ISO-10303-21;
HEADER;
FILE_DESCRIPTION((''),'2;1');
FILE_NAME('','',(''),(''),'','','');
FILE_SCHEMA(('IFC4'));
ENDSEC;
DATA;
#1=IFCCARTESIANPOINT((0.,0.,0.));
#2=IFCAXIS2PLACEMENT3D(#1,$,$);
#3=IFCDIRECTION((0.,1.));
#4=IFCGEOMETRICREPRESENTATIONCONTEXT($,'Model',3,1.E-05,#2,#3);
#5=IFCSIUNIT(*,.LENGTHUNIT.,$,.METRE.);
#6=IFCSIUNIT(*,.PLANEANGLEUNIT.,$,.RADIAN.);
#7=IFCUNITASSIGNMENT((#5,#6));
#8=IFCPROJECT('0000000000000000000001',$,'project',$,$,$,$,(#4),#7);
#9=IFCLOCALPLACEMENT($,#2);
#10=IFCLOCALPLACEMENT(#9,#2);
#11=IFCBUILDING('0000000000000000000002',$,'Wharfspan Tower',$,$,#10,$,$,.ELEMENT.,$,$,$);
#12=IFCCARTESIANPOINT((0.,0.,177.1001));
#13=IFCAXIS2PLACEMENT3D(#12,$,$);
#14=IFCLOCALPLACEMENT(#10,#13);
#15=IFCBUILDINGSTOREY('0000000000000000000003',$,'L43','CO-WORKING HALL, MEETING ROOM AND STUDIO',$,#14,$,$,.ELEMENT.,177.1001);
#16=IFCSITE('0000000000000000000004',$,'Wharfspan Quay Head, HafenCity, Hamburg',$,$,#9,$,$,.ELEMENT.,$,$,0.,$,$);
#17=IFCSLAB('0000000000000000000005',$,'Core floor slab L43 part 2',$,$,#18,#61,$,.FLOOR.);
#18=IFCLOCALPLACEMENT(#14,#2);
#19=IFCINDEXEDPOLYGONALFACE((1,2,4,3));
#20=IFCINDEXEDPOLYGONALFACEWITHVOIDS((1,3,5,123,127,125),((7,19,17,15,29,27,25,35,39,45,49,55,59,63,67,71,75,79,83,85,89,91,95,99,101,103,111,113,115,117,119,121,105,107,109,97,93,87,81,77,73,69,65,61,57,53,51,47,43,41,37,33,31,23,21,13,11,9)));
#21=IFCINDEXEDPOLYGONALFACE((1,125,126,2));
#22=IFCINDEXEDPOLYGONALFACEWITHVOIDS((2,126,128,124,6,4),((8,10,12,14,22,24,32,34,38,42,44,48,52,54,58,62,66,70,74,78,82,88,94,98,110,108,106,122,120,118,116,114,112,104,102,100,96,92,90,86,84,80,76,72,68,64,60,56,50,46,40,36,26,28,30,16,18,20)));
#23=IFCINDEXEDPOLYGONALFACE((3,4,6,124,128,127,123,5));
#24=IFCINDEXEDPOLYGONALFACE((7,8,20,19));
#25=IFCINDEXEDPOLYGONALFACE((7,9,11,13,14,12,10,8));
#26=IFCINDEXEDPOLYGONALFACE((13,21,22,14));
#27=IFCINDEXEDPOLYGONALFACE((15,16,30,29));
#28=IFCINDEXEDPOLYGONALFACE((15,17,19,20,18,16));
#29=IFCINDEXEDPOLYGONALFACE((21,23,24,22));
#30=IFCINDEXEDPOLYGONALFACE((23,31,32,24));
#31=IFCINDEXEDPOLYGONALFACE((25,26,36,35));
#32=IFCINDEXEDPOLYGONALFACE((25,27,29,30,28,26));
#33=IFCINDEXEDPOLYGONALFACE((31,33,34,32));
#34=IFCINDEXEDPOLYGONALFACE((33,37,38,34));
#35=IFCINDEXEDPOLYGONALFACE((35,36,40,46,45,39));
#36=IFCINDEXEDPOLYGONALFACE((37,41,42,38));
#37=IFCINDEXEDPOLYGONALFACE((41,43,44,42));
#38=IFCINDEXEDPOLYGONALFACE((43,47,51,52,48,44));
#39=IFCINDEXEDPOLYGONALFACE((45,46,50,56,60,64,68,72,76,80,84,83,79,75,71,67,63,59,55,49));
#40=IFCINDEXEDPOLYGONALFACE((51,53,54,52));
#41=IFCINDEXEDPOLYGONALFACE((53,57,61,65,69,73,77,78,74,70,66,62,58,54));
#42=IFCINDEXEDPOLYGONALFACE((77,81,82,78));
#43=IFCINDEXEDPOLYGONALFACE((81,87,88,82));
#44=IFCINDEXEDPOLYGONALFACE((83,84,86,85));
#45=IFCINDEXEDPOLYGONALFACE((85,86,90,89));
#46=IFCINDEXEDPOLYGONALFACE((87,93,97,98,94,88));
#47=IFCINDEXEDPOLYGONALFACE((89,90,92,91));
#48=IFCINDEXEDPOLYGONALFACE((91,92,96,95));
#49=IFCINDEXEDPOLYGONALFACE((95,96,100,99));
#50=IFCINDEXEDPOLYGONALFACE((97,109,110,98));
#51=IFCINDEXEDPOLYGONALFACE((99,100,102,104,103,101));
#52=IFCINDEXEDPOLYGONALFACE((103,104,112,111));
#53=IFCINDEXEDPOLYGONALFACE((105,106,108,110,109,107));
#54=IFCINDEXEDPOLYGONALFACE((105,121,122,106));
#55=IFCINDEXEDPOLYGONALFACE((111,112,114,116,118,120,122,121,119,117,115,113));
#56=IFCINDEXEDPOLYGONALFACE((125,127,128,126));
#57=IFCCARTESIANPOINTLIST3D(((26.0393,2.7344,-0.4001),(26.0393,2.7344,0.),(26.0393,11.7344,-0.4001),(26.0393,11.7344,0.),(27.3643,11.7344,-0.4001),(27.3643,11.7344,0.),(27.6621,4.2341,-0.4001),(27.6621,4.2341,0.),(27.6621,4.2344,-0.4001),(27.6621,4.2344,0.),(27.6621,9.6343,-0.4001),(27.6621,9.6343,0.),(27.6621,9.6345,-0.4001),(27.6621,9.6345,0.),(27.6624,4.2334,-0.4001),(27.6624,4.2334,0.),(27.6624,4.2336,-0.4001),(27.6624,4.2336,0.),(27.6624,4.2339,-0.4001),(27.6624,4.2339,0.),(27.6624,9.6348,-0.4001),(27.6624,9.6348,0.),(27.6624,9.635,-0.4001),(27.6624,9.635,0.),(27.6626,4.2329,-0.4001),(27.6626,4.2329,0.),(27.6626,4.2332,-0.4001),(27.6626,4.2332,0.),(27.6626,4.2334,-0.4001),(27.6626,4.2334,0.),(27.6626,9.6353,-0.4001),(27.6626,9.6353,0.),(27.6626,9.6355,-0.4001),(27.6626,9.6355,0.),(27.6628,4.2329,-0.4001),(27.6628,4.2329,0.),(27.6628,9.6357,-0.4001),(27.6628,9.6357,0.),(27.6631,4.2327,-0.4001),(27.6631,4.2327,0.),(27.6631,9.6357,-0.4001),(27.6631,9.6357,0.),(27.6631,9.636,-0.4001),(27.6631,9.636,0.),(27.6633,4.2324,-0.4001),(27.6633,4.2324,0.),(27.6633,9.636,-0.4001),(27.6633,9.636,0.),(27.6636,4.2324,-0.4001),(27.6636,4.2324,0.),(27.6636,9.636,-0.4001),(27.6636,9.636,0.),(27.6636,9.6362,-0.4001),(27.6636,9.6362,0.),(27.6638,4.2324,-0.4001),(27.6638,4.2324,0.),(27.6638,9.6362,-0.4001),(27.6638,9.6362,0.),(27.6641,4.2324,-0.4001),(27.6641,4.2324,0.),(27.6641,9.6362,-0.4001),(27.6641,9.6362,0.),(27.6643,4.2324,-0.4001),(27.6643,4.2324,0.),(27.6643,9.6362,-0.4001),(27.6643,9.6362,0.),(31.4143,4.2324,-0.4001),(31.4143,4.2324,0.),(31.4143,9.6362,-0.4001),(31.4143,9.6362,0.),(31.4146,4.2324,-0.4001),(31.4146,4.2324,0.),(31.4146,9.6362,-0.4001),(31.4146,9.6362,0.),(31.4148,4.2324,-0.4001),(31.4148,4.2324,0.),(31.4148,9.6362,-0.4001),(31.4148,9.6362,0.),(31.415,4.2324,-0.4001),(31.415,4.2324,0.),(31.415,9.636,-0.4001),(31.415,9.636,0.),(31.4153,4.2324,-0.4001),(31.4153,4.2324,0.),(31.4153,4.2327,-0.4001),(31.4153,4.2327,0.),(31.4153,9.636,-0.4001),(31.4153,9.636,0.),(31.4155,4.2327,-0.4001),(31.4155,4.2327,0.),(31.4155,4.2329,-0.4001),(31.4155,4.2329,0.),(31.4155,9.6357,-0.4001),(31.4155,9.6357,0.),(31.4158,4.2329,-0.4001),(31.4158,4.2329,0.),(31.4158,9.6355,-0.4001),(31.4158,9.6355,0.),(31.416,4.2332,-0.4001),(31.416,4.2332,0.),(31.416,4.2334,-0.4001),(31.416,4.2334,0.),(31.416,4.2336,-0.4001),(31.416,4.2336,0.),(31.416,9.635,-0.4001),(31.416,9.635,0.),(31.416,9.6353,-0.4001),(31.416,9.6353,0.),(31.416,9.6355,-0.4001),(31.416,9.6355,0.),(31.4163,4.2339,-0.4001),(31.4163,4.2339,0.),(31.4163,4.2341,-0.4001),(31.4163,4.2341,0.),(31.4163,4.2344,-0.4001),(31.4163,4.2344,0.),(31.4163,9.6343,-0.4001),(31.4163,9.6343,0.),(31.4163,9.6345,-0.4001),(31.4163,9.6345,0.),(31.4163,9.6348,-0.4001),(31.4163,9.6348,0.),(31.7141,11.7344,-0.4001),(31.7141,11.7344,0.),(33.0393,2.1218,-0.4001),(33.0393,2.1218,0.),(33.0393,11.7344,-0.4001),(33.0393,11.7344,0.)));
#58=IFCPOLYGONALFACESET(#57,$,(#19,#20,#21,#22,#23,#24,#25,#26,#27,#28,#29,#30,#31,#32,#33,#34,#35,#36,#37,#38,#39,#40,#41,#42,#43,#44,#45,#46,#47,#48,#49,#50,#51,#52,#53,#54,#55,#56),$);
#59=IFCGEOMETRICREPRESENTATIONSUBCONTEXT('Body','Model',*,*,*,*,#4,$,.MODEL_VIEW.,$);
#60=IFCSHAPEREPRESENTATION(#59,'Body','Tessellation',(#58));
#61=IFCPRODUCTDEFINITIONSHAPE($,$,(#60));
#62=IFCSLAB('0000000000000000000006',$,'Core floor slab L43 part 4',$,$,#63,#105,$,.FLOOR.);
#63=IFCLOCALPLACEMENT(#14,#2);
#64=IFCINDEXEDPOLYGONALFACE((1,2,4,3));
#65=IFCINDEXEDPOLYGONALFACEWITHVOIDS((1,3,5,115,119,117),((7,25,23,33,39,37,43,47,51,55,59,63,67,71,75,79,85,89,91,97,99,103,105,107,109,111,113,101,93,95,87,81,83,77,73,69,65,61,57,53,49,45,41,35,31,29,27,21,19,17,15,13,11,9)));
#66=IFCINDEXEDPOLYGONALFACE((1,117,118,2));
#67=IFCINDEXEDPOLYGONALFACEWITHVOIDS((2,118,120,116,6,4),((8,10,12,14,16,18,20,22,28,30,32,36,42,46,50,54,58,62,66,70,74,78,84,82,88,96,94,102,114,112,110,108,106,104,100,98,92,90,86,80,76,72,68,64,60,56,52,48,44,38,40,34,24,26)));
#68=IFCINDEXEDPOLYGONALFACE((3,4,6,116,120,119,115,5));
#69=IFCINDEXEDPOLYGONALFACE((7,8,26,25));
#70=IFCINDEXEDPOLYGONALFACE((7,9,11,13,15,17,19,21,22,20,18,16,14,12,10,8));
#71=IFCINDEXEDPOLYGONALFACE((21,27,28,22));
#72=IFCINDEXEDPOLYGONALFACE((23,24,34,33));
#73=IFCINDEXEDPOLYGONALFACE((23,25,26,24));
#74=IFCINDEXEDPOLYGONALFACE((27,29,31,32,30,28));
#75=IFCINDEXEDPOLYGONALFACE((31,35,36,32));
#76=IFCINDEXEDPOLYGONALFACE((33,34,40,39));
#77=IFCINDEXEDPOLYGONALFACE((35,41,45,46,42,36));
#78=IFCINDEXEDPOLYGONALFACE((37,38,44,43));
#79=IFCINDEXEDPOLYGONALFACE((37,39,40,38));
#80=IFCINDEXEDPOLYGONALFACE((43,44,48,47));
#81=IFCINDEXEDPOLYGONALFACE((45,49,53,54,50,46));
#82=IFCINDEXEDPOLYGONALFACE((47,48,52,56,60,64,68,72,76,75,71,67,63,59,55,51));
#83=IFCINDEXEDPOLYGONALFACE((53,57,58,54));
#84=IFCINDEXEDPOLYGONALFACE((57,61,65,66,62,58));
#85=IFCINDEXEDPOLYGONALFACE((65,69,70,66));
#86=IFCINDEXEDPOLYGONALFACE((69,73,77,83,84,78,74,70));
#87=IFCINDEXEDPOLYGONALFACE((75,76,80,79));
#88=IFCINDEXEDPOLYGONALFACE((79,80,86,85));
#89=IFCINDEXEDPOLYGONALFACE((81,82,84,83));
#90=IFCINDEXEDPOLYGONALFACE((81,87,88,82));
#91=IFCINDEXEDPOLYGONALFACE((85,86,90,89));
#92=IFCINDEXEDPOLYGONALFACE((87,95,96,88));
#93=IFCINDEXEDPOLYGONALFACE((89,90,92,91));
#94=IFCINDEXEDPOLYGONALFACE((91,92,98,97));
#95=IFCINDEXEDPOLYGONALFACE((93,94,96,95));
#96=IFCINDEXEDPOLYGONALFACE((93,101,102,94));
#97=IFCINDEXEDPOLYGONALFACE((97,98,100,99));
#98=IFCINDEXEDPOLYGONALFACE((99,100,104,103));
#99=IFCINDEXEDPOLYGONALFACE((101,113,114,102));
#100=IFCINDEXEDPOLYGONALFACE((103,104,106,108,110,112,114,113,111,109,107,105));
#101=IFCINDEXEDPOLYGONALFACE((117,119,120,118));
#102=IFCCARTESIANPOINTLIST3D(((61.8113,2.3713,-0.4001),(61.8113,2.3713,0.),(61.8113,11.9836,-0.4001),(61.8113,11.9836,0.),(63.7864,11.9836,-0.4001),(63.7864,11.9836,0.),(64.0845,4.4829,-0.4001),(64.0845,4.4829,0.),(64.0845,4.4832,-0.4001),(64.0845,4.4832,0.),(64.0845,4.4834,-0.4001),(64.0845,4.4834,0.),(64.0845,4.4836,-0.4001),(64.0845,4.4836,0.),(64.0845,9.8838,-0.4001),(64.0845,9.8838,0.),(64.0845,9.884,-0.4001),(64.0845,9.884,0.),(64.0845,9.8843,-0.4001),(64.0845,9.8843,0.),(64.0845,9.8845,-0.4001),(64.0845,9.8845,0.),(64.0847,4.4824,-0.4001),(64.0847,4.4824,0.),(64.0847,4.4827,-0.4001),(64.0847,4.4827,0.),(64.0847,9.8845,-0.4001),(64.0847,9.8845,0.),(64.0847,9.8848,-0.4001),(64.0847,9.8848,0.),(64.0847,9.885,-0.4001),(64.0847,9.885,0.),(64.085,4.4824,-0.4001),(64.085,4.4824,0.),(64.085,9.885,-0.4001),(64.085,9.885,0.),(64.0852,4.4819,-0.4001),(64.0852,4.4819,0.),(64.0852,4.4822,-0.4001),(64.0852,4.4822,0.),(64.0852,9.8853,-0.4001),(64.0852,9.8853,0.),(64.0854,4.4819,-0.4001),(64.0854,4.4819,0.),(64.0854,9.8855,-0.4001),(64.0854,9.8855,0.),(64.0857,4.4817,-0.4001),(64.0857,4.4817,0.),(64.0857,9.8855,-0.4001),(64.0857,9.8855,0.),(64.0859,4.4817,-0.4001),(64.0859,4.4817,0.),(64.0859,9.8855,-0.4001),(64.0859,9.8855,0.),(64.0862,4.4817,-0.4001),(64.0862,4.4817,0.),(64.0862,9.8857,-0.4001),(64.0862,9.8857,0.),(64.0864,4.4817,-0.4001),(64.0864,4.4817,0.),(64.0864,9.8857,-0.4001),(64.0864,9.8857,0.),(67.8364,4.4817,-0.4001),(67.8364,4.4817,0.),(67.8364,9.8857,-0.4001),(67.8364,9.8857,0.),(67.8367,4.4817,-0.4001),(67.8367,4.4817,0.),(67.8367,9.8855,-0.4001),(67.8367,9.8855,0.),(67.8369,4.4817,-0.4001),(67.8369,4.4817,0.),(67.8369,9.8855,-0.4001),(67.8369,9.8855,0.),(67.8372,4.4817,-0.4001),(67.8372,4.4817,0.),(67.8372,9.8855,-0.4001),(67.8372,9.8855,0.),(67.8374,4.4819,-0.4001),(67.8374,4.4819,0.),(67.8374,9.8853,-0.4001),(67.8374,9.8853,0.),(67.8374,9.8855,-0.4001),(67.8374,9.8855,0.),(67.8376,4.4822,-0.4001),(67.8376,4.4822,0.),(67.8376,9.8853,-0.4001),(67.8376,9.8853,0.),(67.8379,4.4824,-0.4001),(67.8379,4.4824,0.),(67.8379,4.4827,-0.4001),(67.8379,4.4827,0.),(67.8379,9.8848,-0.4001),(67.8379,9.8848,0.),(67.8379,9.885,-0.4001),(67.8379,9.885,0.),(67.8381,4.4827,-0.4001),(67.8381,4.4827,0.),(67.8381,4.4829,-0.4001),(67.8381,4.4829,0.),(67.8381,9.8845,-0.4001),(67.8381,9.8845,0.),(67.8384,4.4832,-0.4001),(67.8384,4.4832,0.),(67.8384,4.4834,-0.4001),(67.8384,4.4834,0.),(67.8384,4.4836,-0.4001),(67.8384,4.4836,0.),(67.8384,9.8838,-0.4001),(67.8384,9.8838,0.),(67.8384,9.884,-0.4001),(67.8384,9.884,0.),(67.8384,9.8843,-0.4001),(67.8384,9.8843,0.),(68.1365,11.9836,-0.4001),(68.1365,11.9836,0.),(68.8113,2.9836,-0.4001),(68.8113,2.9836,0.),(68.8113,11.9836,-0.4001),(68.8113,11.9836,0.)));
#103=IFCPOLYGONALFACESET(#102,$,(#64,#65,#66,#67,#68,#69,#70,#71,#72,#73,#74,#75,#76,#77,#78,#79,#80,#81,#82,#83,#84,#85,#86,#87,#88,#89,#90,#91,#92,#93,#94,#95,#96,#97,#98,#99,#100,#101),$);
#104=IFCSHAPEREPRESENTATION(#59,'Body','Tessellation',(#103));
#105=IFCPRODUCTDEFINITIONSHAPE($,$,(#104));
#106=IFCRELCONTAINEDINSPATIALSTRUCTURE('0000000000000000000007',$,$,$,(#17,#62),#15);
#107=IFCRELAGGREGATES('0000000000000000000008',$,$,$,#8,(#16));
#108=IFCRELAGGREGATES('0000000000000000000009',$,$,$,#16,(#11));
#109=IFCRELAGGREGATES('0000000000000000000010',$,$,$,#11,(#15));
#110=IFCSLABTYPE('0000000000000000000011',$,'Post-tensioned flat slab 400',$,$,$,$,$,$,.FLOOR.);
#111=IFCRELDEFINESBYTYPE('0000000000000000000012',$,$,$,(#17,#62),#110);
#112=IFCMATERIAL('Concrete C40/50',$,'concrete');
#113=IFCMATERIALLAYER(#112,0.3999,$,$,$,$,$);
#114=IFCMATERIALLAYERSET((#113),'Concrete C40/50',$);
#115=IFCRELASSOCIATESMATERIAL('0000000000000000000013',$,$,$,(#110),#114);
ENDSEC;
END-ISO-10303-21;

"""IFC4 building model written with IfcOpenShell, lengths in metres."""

from ifc_helpers import new_model, si_unit, direction, frame, origin, place, context, subcontext, project, spatial, polyline, outline, extrude, material, layer, layer_set, type_object, element, save


model = new_model("IFC4")

# Units and contexts
model_context = context("Model", 3, precision=1e-05, world=origin(), true_north=direction((0.0, 1.0)))
body_context = subcontext(model_context, "Body", "Model", "MODEL_VIEW")
ifc_project = project(units=[si_unit("LENGTHUNIT", "METRE"), si_unit("PLANEANGLEUNIT", "RADIAN")], contexts=[model_context])

# Site, building, storey
site_placement = place(None, origin())
site = spatial("IfcSite", under=ifc_project, at=site_placement, Name="Wharfspan Quay Head, HafenCity, Hamburg", CompositionType="ELEMENT", RefElevation=0.0)
building_placement = place(site_placement, origin())
building = spatial("IfcBuilding", under=site, at=building_placement, Name="Wharfspan Tower", CompositionType="ELEMENT")
storey_placement = place(building_placement, frame((0.0, 0.0, 177.1001)))
storey = spatial("IfcBuildingStorey", under=building, at=storey_placement, Name="L43", Description="CO-WORKING HALL, MEETING ROOM AND STUDIO", CompositionType="ELEMENT", Elevation=177.1001)

# Slabs
ifc_material_1 = material(Name="Concrete C40/50", Category="concrete")
ifc_layer_1 = layer(ifc_material_1, 0.3999)
ifc_layer_set_1 = layer_set([ifc_layer_1], Name="Concrete C40/50")
slab_type_1 = type_object("IfcSlabType", Name="Post-tensioned flat slab 400", PredefinedType="FLOOR", material=ifc_layer_set_1)
slab_1_placement = place(storey_placement, frame((0.0, 0.0, -0.4001)))
element("IfcSlab", 1, at=slab_1_placement, inside=storey, type_object=slab_type_1, Name="Core floor slab L43 part 2", PredefinedType="FLOOR", context=body_context, shape_type="SweptSolid", body=[
    extrude(outline(polyline([(31.7141, 11.7344), (27.3643, 11.7344), (26.0393, 11.7344), (26.0393, 2.7344), (33.0393, 2.1218), (33.0393, 11.7344), (31.7141, 11.7344)]), holes=[polyline([(27.6621, 9.6343), (27.6621, 9.6345), (27.6624, 9.6348), (27.6624, 9.635), (27.6624, 9.635), (27.6626, 9.6353), (27.6626, 9.6355), (27.6626, 9.6355), (27.6628, 9.6357), (27.6631, 9.6357), (27.6631, 9.636), (27.6633, 9.636), (27.6636, 9.636), (27.6636, 9.6362), (27.6638, 9.6362), (27.6641, 9.6362), (27.6643, 9.6362), (31.4143, 9.6362), (31.4143, 9.6362), (31.4146, 9.6362), (31.4148, 9.6362), (31.415, 9.636), (31.4153, 9.636), (31.4153, 9.636), (31.4155, 9.6357), (31.4155, 9.6357), (31.4158, 9.6355), (31.416, 9.6355), (31.416, 9.6353), (31.416, 9.635), (31.416, 9.635), (31.4163, 9.6348), (31.4163, 9.6345), (31.4163, 9.6343), (31.4163, 4.2344), (31.4163, 4.2341), (31.4163, 4.2339), (31.416, 4.2336), (31.416, 4.2334), (31.416, 4.2334), (31.416, 4.2332), (31.4158, 4.2329), (31.4155, 4.2329), (31.4155, 4.2327), (31.4153, 4.2327), (31.4153, 4.2324), (31.415, 4.2324), (31.4148, 4.2324), (31.4146, 4.2324), (31.4143, 4.2324), (31.4143, 4.2324), (27.6643, 4.2324), (27.6641, 4.2324), (27.6638, 4.2324), (27.6636, 4.2324), (27.6636, 4.2324), (27.6633, 4.2324), (27.6631, 4.2327), (27.6631, 4.2327), (27.6628, 4.2329), (27.6626, 4.2329), (27.6626, 4.2332), (27.6626, 4.2334), (27.6624, 4.2334), (27.6624, 4.2336), (27.6624, 4.2339), (27.6621, 4.2341), (27.6621, 4.2344), (27.6621, 9.6343)])]), origin(), (0.0, 0.0, 1.0), 0.4001),
])
slab_2_placement = place(storey_placement, frame((0.0, 0.0, -0.4001)))
element("IfcSlab", 2, at=slab_2_placement, inside=storey, type_object=slab_type_1, Name="Core floor slab L43 part 4", PredefinedType="FLOOR", context=body_context, shape_type="SweptSolid", body=[
    extrude(outline(polyline([(68.8113, 11.9836), (68.1365, 11.9836), (63.7864, 11.9836), (61.8113, 11.9836), (61.8113, 2.3713), (68.8113, 2.9836), (68.8113, 11.9836)]), holes=[polyline([(64.0845, 9.8838), (64.0845, 9.8838), (64.0845, 9.884), (64.0845, 9.8843), (64.0845, 9.8845), (64.0847, 9.8845), (64.0847, 9.8848), (64.0847, 9.885), (64.085, 9.885), (64.0852, 9.8853), (64.0852, 9.8853), (64.0854, 9.8855), (64.0857, 9.8855), (64.0857, 9.8855), (64.0859, 9.8855), (64.0862, 9.8857), (64.0864, 9.8857), (67.8364, 9.8857), (67.8364, 9.8857), (67.8367, 9.8855), (67.8369, 9.8855), (67.8372, 9.8855), (67.8374, 9.8855), (67.8374, 9.8853), (67.8376, 9.8853), (67.8379, 9.885), (67.8379, 9.885), (67.8379, 9.8848), (67.8381, 9.8845), (67.8381, 9.8845), (67.8384, 9.8843), (67.8384, 9.884), (67.8384, 9.8838), (67.8384, 9.8838), (67.8384, 4.4836), (67.8384, 4.4834), (67.8384, 4.4834), (67.8384, 4.4832), (67.8381, 4.4829), (67.8381, 4.4827), (67.8379, 4.4827), (67.8379, 4.4824), (67.8379, 4.4824), (67.8376, 4.4822), (67.8374, 4.4819), (67.8374, 4.4819), (67.8372, 4.4817), (67.8369, 4.4817), (67.8367, 4.4817), (67.8364, 4.4817), (67.8364, 4.4817), (64.0864, 4.4817), (64.0862, 4.4817), (64.0859, 4.4817), (64.0857, 4.4817), (64.0857, 4.4817), (64.0854, 4.4819), (64.0852, 4.4819), (64.0852, 4.4822), (64.085, 4.4824), (64.0847, 4.4824), (64.0847, 4.4827), (64.0847, 4.4827), (64.0845, 4.4829), (64.0845, 4.4832), (64.0845, 4.4834), (64.0845, 4.4834), (64.0845, 4.4836), (64.0845, 9.8838)])]), origin(), (0.0, 0.0, 1.0), 0.4001),
])

save(model, "model.ifc")
